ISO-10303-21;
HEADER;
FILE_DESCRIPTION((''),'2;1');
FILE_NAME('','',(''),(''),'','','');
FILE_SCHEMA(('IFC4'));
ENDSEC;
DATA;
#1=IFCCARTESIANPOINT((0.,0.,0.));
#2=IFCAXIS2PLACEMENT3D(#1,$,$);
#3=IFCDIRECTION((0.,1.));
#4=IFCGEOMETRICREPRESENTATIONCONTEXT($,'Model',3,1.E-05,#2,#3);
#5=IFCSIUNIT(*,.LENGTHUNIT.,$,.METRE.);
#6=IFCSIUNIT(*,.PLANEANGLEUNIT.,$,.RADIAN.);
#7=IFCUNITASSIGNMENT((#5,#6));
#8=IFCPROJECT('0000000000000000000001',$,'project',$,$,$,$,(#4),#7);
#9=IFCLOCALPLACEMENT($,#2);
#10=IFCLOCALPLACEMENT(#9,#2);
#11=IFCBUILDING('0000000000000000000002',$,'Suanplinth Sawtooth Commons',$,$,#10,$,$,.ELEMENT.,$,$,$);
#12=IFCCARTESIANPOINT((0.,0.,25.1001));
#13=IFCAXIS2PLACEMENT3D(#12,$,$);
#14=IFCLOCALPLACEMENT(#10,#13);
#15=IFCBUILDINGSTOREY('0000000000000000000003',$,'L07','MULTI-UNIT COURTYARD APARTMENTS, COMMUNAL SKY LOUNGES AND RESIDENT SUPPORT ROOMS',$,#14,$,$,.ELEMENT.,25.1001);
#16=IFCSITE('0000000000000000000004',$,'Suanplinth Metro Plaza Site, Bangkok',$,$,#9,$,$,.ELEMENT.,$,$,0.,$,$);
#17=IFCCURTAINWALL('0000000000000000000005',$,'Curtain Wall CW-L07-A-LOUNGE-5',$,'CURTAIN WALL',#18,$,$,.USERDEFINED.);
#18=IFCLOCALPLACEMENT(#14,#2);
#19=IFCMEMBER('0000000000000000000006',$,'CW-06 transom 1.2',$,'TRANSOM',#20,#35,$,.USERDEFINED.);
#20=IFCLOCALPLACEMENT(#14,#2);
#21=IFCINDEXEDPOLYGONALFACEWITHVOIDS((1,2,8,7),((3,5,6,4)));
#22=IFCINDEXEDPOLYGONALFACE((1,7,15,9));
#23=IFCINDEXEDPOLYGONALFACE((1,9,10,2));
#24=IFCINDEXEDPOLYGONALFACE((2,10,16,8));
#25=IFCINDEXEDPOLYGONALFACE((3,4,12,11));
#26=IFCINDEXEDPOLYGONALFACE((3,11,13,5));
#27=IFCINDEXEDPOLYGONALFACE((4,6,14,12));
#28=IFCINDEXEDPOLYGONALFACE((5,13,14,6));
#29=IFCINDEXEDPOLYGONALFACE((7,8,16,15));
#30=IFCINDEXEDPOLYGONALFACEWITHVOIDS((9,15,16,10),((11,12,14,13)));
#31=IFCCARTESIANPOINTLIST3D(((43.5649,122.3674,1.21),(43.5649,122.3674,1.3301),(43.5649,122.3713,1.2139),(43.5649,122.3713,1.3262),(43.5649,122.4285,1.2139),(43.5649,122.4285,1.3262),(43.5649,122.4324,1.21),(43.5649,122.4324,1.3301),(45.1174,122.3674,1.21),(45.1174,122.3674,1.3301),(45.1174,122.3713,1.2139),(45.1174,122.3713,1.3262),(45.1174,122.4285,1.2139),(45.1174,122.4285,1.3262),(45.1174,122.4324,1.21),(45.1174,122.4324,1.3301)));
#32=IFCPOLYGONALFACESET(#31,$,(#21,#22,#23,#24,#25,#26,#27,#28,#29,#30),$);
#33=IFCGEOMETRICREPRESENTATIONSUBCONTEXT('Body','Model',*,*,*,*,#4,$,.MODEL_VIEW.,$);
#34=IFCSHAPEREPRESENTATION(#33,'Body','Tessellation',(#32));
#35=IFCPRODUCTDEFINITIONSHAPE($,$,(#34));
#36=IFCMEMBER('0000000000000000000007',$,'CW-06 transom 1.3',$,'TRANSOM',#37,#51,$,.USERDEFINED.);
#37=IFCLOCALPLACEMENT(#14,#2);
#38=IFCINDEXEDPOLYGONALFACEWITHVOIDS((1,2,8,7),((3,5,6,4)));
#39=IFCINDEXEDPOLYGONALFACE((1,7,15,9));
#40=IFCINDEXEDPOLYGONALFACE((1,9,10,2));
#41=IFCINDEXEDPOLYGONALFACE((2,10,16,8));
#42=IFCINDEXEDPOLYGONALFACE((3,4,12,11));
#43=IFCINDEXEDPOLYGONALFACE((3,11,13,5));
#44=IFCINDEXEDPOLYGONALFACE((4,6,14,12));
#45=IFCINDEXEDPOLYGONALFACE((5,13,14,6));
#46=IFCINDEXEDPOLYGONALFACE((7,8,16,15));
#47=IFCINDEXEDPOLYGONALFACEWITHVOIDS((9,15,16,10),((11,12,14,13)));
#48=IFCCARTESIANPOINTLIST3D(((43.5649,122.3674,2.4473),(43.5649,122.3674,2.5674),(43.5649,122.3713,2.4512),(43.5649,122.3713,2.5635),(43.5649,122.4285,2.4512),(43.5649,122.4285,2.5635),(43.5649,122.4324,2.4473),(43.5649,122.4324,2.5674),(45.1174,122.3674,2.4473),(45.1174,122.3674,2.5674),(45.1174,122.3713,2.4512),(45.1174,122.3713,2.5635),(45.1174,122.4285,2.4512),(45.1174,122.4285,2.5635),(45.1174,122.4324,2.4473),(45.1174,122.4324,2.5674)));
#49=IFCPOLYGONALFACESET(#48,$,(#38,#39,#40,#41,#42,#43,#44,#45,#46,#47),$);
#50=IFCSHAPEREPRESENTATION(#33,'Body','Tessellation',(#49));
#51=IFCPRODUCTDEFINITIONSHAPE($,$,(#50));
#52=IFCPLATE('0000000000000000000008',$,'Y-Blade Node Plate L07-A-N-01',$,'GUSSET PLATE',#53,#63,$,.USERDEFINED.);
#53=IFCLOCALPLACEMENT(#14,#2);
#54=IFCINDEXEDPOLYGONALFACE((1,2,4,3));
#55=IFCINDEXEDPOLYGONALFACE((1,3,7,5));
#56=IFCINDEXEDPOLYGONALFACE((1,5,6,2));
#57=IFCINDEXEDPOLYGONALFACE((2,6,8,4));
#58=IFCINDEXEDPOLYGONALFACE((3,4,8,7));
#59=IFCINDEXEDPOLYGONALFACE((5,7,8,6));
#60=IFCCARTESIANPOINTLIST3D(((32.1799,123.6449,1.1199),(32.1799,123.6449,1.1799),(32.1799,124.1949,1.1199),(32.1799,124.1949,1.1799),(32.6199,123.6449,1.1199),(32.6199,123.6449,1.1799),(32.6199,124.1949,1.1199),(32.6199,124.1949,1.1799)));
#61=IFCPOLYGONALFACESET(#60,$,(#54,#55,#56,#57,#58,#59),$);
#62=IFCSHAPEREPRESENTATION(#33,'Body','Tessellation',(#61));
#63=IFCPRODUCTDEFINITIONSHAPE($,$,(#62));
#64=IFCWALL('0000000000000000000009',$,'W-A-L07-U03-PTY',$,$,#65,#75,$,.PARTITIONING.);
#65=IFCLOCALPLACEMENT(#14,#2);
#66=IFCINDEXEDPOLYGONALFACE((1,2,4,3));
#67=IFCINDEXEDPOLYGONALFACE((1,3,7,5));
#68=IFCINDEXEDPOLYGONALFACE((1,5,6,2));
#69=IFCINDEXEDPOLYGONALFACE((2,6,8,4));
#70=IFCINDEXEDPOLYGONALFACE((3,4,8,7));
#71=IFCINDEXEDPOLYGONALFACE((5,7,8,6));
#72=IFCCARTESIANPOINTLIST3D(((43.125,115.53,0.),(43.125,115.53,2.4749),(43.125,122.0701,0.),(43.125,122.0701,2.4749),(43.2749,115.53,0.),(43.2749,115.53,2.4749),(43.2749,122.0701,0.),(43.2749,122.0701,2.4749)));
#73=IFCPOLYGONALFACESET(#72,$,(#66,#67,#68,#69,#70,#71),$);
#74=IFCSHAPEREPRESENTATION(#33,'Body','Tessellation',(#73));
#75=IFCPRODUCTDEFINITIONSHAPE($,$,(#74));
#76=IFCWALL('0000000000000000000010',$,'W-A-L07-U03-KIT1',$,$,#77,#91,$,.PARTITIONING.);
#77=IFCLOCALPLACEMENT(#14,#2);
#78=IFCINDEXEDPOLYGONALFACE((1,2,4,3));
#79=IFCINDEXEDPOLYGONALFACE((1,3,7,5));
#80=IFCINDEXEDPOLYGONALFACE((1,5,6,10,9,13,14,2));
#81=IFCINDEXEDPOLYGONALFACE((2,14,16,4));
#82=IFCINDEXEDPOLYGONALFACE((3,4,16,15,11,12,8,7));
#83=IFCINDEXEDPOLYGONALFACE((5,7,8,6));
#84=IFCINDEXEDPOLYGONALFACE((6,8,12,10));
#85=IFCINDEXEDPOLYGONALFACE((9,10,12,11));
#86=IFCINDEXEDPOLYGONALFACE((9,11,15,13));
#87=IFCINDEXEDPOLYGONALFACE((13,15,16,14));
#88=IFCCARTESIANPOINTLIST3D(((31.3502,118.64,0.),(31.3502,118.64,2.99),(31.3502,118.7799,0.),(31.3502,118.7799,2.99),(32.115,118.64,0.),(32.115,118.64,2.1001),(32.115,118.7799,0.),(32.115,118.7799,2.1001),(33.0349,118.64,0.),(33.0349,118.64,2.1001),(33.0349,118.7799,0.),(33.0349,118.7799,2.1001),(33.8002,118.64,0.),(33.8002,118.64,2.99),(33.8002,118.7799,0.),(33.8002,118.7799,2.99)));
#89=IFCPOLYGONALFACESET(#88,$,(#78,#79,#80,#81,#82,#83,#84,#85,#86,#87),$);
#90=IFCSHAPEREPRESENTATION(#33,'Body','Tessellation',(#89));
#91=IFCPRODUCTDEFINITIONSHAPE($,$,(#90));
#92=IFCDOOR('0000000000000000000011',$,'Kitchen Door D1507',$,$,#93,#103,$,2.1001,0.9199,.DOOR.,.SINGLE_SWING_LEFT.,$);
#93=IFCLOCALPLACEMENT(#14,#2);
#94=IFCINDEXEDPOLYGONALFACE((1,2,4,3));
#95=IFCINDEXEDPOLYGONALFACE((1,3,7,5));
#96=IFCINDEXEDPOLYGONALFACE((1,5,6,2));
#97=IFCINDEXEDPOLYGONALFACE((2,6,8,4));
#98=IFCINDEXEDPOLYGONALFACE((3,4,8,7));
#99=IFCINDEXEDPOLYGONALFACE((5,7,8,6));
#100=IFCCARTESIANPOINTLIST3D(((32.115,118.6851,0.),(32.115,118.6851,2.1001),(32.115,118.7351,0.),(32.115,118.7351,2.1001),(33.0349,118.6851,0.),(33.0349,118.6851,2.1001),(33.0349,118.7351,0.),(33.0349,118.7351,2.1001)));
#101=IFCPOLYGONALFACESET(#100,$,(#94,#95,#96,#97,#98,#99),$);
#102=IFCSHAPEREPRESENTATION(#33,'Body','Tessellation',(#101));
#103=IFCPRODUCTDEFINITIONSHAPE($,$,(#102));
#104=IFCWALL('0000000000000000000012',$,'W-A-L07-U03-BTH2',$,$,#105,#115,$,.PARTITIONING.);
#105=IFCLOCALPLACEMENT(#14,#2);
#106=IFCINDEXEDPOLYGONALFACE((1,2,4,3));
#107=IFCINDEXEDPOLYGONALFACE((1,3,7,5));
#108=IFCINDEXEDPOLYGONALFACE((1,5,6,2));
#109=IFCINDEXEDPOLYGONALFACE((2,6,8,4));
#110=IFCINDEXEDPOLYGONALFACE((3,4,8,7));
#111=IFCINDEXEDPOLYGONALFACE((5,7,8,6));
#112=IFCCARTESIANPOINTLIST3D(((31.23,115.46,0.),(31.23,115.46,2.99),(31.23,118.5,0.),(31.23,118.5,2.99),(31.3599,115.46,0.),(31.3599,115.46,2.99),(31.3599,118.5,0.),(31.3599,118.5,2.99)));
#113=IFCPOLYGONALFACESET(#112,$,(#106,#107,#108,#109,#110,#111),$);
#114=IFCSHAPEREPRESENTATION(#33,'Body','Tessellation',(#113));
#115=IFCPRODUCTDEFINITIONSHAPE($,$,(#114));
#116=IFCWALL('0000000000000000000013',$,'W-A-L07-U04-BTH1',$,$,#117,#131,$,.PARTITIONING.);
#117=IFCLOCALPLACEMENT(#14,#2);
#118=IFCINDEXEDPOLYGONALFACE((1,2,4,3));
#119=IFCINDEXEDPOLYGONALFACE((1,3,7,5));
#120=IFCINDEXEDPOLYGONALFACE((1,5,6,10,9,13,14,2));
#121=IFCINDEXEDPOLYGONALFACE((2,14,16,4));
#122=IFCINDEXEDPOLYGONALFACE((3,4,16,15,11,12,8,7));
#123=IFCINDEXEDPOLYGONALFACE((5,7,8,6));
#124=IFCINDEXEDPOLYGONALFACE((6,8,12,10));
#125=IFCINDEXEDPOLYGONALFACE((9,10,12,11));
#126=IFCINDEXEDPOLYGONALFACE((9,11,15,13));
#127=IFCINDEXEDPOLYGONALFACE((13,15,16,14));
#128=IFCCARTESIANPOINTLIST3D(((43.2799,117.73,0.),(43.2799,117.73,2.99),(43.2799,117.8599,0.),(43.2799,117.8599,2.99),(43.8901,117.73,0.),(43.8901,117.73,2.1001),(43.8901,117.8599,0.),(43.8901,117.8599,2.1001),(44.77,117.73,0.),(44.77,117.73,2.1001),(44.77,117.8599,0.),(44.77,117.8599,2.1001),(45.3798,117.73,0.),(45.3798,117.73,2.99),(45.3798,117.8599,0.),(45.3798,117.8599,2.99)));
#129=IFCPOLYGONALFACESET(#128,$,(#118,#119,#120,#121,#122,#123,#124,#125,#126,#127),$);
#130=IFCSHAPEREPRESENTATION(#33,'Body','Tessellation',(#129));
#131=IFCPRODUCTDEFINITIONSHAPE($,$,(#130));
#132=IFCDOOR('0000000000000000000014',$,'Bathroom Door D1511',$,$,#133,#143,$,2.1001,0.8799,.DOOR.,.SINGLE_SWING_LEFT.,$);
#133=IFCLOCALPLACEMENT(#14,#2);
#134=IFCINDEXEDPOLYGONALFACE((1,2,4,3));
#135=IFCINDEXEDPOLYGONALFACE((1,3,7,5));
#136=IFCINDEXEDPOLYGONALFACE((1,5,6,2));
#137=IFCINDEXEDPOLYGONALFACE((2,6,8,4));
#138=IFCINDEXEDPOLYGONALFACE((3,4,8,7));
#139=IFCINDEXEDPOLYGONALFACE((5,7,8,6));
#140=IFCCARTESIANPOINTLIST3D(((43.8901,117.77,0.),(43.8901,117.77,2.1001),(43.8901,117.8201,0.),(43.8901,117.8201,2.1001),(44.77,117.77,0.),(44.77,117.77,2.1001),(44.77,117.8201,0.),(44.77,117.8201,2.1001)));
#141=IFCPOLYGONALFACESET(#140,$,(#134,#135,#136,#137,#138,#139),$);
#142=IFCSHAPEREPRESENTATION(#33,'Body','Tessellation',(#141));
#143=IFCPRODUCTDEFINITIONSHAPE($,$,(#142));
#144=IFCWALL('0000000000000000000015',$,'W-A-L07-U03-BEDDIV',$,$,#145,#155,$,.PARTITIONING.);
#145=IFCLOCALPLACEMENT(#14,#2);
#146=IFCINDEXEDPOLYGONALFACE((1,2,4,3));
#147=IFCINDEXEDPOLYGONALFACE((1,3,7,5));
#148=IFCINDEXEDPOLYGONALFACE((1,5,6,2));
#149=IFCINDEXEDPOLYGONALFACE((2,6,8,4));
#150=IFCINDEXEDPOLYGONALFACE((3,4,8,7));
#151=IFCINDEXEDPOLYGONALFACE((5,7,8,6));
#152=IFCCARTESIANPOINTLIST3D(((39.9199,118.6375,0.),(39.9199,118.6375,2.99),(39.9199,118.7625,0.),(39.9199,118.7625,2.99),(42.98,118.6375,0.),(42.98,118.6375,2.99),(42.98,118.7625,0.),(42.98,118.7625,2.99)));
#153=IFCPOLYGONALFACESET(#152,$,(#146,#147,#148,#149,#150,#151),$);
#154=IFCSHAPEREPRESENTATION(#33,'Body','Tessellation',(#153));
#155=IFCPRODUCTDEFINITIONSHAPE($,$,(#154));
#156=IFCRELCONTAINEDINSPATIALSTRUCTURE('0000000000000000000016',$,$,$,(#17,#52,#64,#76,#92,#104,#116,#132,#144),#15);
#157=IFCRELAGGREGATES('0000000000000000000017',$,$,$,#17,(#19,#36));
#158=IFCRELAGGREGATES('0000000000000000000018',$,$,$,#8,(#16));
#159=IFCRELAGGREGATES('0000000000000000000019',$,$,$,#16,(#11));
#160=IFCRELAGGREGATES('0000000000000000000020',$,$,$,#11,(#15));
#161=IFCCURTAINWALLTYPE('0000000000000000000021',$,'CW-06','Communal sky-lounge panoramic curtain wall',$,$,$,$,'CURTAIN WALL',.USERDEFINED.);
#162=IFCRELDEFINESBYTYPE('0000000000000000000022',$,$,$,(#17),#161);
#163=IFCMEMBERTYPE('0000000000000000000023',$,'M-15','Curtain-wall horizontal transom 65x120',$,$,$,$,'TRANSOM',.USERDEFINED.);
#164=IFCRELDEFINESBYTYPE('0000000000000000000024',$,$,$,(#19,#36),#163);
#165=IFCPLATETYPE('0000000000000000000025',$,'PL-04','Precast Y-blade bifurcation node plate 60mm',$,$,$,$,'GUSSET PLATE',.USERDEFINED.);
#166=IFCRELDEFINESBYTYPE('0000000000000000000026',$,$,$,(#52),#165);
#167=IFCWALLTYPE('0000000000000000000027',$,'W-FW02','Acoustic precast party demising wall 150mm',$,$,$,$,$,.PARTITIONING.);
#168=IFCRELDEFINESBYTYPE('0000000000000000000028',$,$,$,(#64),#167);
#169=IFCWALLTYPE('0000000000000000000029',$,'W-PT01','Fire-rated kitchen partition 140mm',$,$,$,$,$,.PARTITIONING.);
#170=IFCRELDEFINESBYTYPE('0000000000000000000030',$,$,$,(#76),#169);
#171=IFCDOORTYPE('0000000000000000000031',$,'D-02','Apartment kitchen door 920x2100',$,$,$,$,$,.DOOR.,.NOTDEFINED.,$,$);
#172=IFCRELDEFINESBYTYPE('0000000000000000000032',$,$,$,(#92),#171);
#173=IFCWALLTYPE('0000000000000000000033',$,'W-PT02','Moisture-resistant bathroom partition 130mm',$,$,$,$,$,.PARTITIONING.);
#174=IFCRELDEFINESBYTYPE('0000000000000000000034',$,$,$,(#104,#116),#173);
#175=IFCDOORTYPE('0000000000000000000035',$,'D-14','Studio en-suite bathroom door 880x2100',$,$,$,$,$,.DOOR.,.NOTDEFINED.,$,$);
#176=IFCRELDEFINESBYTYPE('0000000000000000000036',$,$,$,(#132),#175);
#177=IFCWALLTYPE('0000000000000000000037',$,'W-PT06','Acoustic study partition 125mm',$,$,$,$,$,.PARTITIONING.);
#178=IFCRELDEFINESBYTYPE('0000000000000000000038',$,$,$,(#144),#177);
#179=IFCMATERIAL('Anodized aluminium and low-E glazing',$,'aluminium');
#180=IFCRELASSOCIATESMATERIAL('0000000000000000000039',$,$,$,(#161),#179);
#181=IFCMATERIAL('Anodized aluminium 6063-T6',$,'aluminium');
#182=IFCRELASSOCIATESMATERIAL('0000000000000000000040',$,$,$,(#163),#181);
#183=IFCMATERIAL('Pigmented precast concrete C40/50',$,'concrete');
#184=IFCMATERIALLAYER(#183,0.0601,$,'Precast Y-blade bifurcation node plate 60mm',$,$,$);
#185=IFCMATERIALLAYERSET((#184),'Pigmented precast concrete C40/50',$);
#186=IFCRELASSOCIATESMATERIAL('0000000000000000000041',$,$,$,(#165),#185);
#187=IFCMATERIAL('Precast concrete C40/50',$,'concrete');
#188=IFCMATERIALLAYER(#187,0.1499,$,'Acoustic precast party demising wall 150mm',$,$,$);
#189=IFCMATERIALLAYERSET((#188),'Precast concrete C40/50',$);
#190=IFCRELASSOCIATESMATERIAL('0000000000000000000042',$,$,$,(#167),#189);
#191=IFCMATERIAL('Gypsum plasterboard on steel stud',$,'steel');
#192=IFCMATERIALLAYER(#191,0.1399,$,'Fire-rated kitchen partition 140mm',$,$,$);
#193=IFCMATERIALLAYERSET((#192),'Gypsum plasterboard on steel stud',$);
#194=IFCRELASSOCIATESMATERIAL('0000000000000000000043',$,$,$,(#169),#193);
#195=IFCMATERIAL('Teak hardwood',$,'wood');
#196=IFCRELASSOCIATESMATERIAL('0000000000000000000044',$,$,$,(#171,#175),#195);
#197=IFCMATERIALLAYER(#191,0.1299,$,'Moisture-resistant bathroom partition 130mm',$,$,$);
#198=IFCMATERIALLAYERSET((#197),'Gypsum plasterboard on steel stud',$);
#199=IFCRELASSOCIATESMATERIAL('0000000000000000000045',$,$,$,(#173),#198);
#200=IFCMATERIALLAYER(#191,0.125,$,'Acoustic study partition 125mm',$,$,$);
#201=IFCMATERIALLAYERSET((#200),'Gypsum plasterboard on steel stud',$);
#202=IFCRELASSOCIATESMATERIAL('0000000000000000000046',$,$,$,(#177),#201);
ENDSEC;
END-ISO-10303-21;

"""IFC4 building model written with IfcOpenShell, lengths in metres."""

from ifc_helpers import new_model, si_unit, direction, frame, frame_2d, origin, origin_2d, place, context, subcontext, project, spatial, rectangle, hollow_rectangle, extrude, material, layer, layer_set, material_profile, profile_set, type_object, element, fill, aggregate, save


model = new_model("IFC4")

# Units and contexts
model_context = context("Model", 3, precision=1e-05, world=origin(), true_north=direction((0.0, 1.0)))
body_context = subcontext(model_context, "Body", "Model", "MODEL_VIEW")
ifc_project = project(units=[si_unit("LENGTHUNIT", "METRE"), si_unit("PLANEANGLEUNIT", "RADIAN")], contexts=[model_context])

# Site, building, storey
site_placement = place(None, origin())
site = spatial("IfcSite", under=ifc_project, at=site_placement, Name="Suanplinth Metro Plaza Site, Bangkok", CompositionType="ELEMENT", RefElevation=0.0)
building_placement = place(site_placement, origin())
building = spatial("IfcBuilding", under=site, at=building_placement, Name="Suanplinth Sawtooth Commons", CompositionType="ELEMENT")
storey_placement = place(building_placement, frame((0.0, 0.0, 25.1001)))
storey = spatial("IfcBuildingStorey", under=building, at=storey_placement, Name="L07", Description="MULTI-UNIT COURTYARD APARTMENTS, COMMUNAL SKY LOUNGES AND RESIDENT SUPPORT ROOMS", CompositionType="ELEMENT", Elevation=25.1001)

# Shared definitions
ifc_material_1 = material(Name="Precast concrete C40/50", Category="concrete")

# Shared definitions
ifc_material_2 = material(Name="Pigmented precast concrete C40/50", Category="concrete")

# Curtain wall, members
ifc_material_3 = material(Name="Anodized aluminium and low-E glazing", Category="aluminium")
curtain_wall_type = type_object("IfcCurtainWallType", Name="CW-06", Description="Communal sky-lounge panoramic curtain wall", ElementType="CURTAIN WALL", PredefinedType="USERDEFINED", material=ifc_material_3)
curtain_wall_placement = place(storey_placement, origin())
curtain_wall = element("IfcCurtainWall", 1, at=curtain_wall_placement, inside=storey, type_object=curtain_wall_type, Name="Curtain Wall CW-L07-A-LOUNGE-5", ObjectType="CURTAIN WALL", PredefinedType="USERDEFINED")
ifc_material_4 = material(Name="Anodized aluminium 6063-T6", Category="aluminium")
ifc_material_profile_1 = material_profile(ifc_material_4, hollow_rectangle(XDim=0.0649, YDim=0.1201, WallThickness=0.0039, at=origin_2d()), Name="ALU-TRN 65x120")
ifc_profile_set_1 = profile_set([ifc_material_profile_1], Name="Anodized aluminium 6063-T6")
member_type_1 = type_object("IfcMemberType", Name="M-15", Description="Curtain-wall horizontal transom 65x120", ElementType="TRANSOM", PredefinedType="USERDEFINED", material=ifc_profile_set_1)
member_1_placement = place(storey_placement, frame((43.5649, 122.3999, 1.27), z_axis=(1.0, 0.0, 0.0), x_axis=(0.0, 1.0, 0.0)))
member_1 = element("IfcMember", 2, at=member_1_placement, type_object=member_type_1, Name="CW-06 transom 1.2", ObjectType="TRANSOM", PredefinedType="USERDEFINED", context=body_context, shape_type="SweptSolid", body=[
    extrude(hollow_rectangle(XDim=0.0649, YDim=0.1201, WallThickness=0.0039, at=origin_2d()), origin(), (0.0, 0.0, 1.0), 1.5525),
])
member_2_placement = place(storey_placement, frame((43.5649, 122.3999, 2.5073), z_axis=(1.0, 0.0, 0.0), x_axis=(0.0, 1.0, 0.0)))
member_2 = element("IfcMember", 3, at=member_2_placement, type_object=member_type_1, Name="CW-06 transom 1.3", ObjectType="TRANSOM", PredefinedType="USERDEFINED", context=body_context, shape_type="SweptSolid", body=[
    extrude(hollow_rectangle(XDim=0.0649, YDim=0.1201, WallThickness=0.0039, at=origin_2d()), origin(), (0.0, 0.0, 1.0), 1.5525),
])
aggregate(curtain_wall, [member_1, member_2])

# Plate
ifc_layer_1 = layer(ifc_material_2, 0.0601, Name="Precast Y-blade bifurcation node plate 60mm")
ifc_layer_set_1 = layer_set([ifc_layer_1], Name="Pigmented precast concrete C40/50")
plate_type = type_object("IfcPlateType", Name="PL-04", Description="Precast Y-blade bifurcation node plate 60mm", ElementType="GUSSET PLATE", PredefinedType="USERDEFINED", material=ifc_layer_set_1)
plate_placement = place(storey_placement, frame((32.3999, 123.9199, 1.1199), z_axis=(0.0, 0.0, 1.0), x_axis=(1.0, 0.0, 0.0)))
element("IfcPlate", 4, at=plate_placement, inside=storey, type_object=plate_type, Name="Y-Blade Node Plate L07-A-N-01", ObjectType="GUSSET PLATE", PredefinedType="USERDEFINED", context=body_context, shape_type="SweptSolid", body=[
    extrude(rectangle(XDim=0.4399, YDim=0.55, at=origin_2d()), origin(), (0.0, 0.0, 1.0), 0.0601),
])

# Wall
ifc_layer_2 = layer(ifc_material_1, 0.1499, Name="Acoustic precast party demising wall 150mm")
ifc_layer_set_2 = layer_set([ifc_layer_2], Name="Precast concrete C40/50")
wall_type_1 = type_object("IfcWallType", Name="W-FW02", Description="Acoustic precast party demising wall 150mm", PredefinedType="PARTITIONING", material=ifc_layer_set_2)
wall_1_placement = place(storey_placement, frame((43.2, 115.53, 0.0), z_axis=(0.0, 0.0, 1.0), x_axis=(0.0, 1.0, 0.0)))
element("IfcWall", 5, at=wall_1_placement, inside=storey, type_object=wall_type_1, Name="W-A-L07-U03-PTY", PredefinedType="PARTITIONING", context=body_context, shape_type="SweptSolid", body=[
    extrude(rectangle(XDim=6.54, YDim=0.1499, at=frame_2d((3.27, 0.0))), origin(), (0.0, 0.0, 1.0), 2.4749),
])

# Wall, opening, door
ifc_material_5 = material(Name="Gypsum plasterboard on steel stud", Category="steel")
ifc_layer_3 = layer(ifc_material_5, 0.1399, Name="Fire-rated kitchen partition 140mm")
ifc_layer_set_3 = layer_set([ifc_layer_3], Name="Gypsum plasterboard on steel stud")
wall_type_2 = type_object("IfcWallType", Name="W-PT01", Description="Fire-rated kitchen partition 140mm", PredefinedType="PARTITIONING", material=ifc_layer_set_3)
wall_2_placement = place(storey_placement, frame((31.3501, 118.71, 0.0), z_axis=(0.0, 0.0, 1.0), x_axis=(1.0, 0.0, 0.0)))
wall_2 = element("IfcWall", 6, at=wall_2_placement, inside=storey, type_object=wall_type_2, Name="W-A-L07-U03-KIT1", PredefinedType="PARTITIONING", context=body_context, shape_type="SweptSolid", body=[
    extrude(rectangle(XDim=2.45, YDim=0.1399, at=frame_2d((1.2251, 0.0))), origin(), (0.0, 0.0, 1.0), 2.99),
])
opening_1_placement = place(wall_2_placement, frame((0.7649, 0.0, 0.0)))
opening_1 = element("IfcOpeningElement", 7, at=opening_1_placement, cuts=wall_2, PredefinedType="OPENING", context=body_context, shape_type="SweptSolid", body=[
    extrude(rectangle(XDim=0.9199, YDim=2.1001, at=frame_2d((0.46, 1.05))), frame((0.0, 0.085, 0.0), z_axis=(0.0, -1.0, 0.0), x_axis=(1.0, 0.0, 0.0)), (0.0, 0.0, 1.0), 0.1697),
])
ifc_material_6 = material(Name="Teak hardwood", Category="wood")
door_type_1 = type_object("IfcDoorType", Name="D-02", Description="Apartment kitchen door 920x2100", OperationType="NOTDEFINED", PredefinedType="DOOR", material=ifc_material_6)
door_1_placement = place(opening_1_placement, frame((0.9199, 0.0, 0.0), z_axis=(0.0, 0.0, 1.0), x_axis=(-1.0, 0.0, 0.0)))
door_1 = element("IfcDoor", 8, at=door_1_placement, inside=storey, type_object=door_type_1, Name="Kitchen Door D1507", OperationType="SINGLE_SWING_LEFT", OverallHeight=2.1001, OverallWidth=0.9199, PredefinedType="DOOR", context=body_context, shape_type="SweptSolid", body=[
    extrude(rectangle(XDim=0.9199, YDim=2.1001, at=frame_2d((0.46, 1.05))), frame((0.0, 0.0249, 0.0), z_axis=(0.0, -1.0, 0.0), x_axis=(1.0, 0.0, 0.0)), (0.0, 0.0, 1.0), 0.05),
])
fill(opening_1, door_1)

# Wall
ifc_layer_4 = layer(ifc_material_5, 0.1299, Name="Moisture-resistant bathroom partition 130mm")
ifc_layer_set_4 = layer_set([ifc_layer_4], Name="Gypsum plasterboard on steel stud")
wall_type_3 = type_object("IfcWallType", Name="W-PT02", Description="Moisture-resistant bathroom partition 130mm", PredefinedType="PARTITIONING", material=ifc_layer_set_4)
wall_3_placement = place(storey_placement, frame((31.2949, 115.46, 0.0), z_axis=(0.0, 0.0, 1.0), x_axis=(0.0, 1.0, 0.0)))
element("IfcWall", 9, at=wall_3_placement, inside=storey, type_object=wall_type_3, Name="W-A-L07-U03-BTH2", PredefinedType="PARTITIONING", context=body_context, shape_type="SweptSolid", body=[
    extrude(rectangle(XDim=3.04, YDim=0.1299, at=frame_2d((1.52, 0.0))), origin(), (0.0, 0.0, 1.0), 2.99),
])

# Wall, opening, door
wall_4_placement = place(storey_placement, frame((43.28, 117.7949, 0.0), z_axis=(0.0, 0.0, 1.0), x_axis=(1.0, 0.0, 0.0)))
wall_4 = element("IfcWall", 10, at=wall_4_placement, inside=storey, type_object=wall_type_3, Name="W-A-L07-U04-BTH1", PredefinedType="PARTITIONING", context=body_context, shape_type="SweptSolid", body=[
    extrude(rectangle(XDim=2.0999, YDim=0.1299, at=frame_2d((1.0498, 0.0))), origin(), (0.0, 0.0, 1.0), 2.99),
])
opening_2_placement = place(wall_4_placement, frame((0.6101, 0.0, 0.0)))
opening_2 = element("IfcOpeningElement", 11, at=opening_2_placement, cuts=wall_4, PredefinedType="OPENING", context=body_context, shape_type="SweptSolid", body=[
    extrude(rectangle(XDim=0.8799, YDim=2.1001, at=frame_2d((0.4399, 1.05))), frame((0.0, 0.0798, 0.0), z_axis=(0.0, -1.0, 0.0), x_axis=(1.0, 0.0, 0.0)), (0.0, 0.0, 1.0), 0.1597),
])
door_type_2 = type_object("IfcDoorType", Name="D-14", Description="Studio en-suite bathroom door 880x2100", OperationType="NOTDEFINED", PredefinedType="DOOR", material=ifc_material_6)
door_2_placement = place(opening_2_placement, frame((0.8799, 0.0, 0.0), z_axis=(0.0, 0.0, 1.0), x_axis=(-1.0, 0.0, 0.0)))
door_2 = element("IfcDoor", 12, at=door_2_placement, inside=storey, type_object=door_type_2, Name="Bathroom Door D1511", OperationType="SINGLE_SWING_LEFT", OverallHeight=2.1001, OverallWidth=0.8799, PredefinedType="DOOR", context=body_context, shape_type="SweptSolid", body=[
    extrude(rectangle(XDim=0.8799, YDim=2.1001, at=frame_2d((0.4399, 1.05))), frame((0.0, 0.0249, 0.0), z_axis=(0.0, -1.0, 0.0), x_axis=(1.0, 0.0, 0.0)), (0.0, 0.0, 1.0), 0.05),
])
fill(opening_2, door_2)

# Wall
ifc_layer_5 = layer(ifc_material_5, 0.125, Name="Acoustic study partition 125mm")
ifc_layer_set_5 = layer_set([ifc_layer_5], Name="Gypsum plasterboard on steel stud")
wall_type_4 = type_object("IfcWallType", Name="W-PT06", Description="Acoustic study partition 125mm", PredefinedType="PARTITIONING", material=ifc_layer_set_5)
wall_5_placement = place(storey_placement, frame((39.9199, 118.7, 0.0), z_axis=(0.0, 0.0, 1.0), x_axis=(1.0, 0.0, 0.0)))
element("IfcWall", 13, at=wall_5_placement, inside=storey, type_object=wall_type_4, Name="W-A-L07-U03-BEDDIV", PredefinedType="PARTITIONING", context=body_context, shape_type="SweptSolid", body=[
    extrude(rectangle(XDim=3.0601, YDim=0.125, at=frame_2d((1.53, 0.0))), origin(), (0.0, 0.0, 1.0), 2.99),
])

save(model, "model.ifc")
